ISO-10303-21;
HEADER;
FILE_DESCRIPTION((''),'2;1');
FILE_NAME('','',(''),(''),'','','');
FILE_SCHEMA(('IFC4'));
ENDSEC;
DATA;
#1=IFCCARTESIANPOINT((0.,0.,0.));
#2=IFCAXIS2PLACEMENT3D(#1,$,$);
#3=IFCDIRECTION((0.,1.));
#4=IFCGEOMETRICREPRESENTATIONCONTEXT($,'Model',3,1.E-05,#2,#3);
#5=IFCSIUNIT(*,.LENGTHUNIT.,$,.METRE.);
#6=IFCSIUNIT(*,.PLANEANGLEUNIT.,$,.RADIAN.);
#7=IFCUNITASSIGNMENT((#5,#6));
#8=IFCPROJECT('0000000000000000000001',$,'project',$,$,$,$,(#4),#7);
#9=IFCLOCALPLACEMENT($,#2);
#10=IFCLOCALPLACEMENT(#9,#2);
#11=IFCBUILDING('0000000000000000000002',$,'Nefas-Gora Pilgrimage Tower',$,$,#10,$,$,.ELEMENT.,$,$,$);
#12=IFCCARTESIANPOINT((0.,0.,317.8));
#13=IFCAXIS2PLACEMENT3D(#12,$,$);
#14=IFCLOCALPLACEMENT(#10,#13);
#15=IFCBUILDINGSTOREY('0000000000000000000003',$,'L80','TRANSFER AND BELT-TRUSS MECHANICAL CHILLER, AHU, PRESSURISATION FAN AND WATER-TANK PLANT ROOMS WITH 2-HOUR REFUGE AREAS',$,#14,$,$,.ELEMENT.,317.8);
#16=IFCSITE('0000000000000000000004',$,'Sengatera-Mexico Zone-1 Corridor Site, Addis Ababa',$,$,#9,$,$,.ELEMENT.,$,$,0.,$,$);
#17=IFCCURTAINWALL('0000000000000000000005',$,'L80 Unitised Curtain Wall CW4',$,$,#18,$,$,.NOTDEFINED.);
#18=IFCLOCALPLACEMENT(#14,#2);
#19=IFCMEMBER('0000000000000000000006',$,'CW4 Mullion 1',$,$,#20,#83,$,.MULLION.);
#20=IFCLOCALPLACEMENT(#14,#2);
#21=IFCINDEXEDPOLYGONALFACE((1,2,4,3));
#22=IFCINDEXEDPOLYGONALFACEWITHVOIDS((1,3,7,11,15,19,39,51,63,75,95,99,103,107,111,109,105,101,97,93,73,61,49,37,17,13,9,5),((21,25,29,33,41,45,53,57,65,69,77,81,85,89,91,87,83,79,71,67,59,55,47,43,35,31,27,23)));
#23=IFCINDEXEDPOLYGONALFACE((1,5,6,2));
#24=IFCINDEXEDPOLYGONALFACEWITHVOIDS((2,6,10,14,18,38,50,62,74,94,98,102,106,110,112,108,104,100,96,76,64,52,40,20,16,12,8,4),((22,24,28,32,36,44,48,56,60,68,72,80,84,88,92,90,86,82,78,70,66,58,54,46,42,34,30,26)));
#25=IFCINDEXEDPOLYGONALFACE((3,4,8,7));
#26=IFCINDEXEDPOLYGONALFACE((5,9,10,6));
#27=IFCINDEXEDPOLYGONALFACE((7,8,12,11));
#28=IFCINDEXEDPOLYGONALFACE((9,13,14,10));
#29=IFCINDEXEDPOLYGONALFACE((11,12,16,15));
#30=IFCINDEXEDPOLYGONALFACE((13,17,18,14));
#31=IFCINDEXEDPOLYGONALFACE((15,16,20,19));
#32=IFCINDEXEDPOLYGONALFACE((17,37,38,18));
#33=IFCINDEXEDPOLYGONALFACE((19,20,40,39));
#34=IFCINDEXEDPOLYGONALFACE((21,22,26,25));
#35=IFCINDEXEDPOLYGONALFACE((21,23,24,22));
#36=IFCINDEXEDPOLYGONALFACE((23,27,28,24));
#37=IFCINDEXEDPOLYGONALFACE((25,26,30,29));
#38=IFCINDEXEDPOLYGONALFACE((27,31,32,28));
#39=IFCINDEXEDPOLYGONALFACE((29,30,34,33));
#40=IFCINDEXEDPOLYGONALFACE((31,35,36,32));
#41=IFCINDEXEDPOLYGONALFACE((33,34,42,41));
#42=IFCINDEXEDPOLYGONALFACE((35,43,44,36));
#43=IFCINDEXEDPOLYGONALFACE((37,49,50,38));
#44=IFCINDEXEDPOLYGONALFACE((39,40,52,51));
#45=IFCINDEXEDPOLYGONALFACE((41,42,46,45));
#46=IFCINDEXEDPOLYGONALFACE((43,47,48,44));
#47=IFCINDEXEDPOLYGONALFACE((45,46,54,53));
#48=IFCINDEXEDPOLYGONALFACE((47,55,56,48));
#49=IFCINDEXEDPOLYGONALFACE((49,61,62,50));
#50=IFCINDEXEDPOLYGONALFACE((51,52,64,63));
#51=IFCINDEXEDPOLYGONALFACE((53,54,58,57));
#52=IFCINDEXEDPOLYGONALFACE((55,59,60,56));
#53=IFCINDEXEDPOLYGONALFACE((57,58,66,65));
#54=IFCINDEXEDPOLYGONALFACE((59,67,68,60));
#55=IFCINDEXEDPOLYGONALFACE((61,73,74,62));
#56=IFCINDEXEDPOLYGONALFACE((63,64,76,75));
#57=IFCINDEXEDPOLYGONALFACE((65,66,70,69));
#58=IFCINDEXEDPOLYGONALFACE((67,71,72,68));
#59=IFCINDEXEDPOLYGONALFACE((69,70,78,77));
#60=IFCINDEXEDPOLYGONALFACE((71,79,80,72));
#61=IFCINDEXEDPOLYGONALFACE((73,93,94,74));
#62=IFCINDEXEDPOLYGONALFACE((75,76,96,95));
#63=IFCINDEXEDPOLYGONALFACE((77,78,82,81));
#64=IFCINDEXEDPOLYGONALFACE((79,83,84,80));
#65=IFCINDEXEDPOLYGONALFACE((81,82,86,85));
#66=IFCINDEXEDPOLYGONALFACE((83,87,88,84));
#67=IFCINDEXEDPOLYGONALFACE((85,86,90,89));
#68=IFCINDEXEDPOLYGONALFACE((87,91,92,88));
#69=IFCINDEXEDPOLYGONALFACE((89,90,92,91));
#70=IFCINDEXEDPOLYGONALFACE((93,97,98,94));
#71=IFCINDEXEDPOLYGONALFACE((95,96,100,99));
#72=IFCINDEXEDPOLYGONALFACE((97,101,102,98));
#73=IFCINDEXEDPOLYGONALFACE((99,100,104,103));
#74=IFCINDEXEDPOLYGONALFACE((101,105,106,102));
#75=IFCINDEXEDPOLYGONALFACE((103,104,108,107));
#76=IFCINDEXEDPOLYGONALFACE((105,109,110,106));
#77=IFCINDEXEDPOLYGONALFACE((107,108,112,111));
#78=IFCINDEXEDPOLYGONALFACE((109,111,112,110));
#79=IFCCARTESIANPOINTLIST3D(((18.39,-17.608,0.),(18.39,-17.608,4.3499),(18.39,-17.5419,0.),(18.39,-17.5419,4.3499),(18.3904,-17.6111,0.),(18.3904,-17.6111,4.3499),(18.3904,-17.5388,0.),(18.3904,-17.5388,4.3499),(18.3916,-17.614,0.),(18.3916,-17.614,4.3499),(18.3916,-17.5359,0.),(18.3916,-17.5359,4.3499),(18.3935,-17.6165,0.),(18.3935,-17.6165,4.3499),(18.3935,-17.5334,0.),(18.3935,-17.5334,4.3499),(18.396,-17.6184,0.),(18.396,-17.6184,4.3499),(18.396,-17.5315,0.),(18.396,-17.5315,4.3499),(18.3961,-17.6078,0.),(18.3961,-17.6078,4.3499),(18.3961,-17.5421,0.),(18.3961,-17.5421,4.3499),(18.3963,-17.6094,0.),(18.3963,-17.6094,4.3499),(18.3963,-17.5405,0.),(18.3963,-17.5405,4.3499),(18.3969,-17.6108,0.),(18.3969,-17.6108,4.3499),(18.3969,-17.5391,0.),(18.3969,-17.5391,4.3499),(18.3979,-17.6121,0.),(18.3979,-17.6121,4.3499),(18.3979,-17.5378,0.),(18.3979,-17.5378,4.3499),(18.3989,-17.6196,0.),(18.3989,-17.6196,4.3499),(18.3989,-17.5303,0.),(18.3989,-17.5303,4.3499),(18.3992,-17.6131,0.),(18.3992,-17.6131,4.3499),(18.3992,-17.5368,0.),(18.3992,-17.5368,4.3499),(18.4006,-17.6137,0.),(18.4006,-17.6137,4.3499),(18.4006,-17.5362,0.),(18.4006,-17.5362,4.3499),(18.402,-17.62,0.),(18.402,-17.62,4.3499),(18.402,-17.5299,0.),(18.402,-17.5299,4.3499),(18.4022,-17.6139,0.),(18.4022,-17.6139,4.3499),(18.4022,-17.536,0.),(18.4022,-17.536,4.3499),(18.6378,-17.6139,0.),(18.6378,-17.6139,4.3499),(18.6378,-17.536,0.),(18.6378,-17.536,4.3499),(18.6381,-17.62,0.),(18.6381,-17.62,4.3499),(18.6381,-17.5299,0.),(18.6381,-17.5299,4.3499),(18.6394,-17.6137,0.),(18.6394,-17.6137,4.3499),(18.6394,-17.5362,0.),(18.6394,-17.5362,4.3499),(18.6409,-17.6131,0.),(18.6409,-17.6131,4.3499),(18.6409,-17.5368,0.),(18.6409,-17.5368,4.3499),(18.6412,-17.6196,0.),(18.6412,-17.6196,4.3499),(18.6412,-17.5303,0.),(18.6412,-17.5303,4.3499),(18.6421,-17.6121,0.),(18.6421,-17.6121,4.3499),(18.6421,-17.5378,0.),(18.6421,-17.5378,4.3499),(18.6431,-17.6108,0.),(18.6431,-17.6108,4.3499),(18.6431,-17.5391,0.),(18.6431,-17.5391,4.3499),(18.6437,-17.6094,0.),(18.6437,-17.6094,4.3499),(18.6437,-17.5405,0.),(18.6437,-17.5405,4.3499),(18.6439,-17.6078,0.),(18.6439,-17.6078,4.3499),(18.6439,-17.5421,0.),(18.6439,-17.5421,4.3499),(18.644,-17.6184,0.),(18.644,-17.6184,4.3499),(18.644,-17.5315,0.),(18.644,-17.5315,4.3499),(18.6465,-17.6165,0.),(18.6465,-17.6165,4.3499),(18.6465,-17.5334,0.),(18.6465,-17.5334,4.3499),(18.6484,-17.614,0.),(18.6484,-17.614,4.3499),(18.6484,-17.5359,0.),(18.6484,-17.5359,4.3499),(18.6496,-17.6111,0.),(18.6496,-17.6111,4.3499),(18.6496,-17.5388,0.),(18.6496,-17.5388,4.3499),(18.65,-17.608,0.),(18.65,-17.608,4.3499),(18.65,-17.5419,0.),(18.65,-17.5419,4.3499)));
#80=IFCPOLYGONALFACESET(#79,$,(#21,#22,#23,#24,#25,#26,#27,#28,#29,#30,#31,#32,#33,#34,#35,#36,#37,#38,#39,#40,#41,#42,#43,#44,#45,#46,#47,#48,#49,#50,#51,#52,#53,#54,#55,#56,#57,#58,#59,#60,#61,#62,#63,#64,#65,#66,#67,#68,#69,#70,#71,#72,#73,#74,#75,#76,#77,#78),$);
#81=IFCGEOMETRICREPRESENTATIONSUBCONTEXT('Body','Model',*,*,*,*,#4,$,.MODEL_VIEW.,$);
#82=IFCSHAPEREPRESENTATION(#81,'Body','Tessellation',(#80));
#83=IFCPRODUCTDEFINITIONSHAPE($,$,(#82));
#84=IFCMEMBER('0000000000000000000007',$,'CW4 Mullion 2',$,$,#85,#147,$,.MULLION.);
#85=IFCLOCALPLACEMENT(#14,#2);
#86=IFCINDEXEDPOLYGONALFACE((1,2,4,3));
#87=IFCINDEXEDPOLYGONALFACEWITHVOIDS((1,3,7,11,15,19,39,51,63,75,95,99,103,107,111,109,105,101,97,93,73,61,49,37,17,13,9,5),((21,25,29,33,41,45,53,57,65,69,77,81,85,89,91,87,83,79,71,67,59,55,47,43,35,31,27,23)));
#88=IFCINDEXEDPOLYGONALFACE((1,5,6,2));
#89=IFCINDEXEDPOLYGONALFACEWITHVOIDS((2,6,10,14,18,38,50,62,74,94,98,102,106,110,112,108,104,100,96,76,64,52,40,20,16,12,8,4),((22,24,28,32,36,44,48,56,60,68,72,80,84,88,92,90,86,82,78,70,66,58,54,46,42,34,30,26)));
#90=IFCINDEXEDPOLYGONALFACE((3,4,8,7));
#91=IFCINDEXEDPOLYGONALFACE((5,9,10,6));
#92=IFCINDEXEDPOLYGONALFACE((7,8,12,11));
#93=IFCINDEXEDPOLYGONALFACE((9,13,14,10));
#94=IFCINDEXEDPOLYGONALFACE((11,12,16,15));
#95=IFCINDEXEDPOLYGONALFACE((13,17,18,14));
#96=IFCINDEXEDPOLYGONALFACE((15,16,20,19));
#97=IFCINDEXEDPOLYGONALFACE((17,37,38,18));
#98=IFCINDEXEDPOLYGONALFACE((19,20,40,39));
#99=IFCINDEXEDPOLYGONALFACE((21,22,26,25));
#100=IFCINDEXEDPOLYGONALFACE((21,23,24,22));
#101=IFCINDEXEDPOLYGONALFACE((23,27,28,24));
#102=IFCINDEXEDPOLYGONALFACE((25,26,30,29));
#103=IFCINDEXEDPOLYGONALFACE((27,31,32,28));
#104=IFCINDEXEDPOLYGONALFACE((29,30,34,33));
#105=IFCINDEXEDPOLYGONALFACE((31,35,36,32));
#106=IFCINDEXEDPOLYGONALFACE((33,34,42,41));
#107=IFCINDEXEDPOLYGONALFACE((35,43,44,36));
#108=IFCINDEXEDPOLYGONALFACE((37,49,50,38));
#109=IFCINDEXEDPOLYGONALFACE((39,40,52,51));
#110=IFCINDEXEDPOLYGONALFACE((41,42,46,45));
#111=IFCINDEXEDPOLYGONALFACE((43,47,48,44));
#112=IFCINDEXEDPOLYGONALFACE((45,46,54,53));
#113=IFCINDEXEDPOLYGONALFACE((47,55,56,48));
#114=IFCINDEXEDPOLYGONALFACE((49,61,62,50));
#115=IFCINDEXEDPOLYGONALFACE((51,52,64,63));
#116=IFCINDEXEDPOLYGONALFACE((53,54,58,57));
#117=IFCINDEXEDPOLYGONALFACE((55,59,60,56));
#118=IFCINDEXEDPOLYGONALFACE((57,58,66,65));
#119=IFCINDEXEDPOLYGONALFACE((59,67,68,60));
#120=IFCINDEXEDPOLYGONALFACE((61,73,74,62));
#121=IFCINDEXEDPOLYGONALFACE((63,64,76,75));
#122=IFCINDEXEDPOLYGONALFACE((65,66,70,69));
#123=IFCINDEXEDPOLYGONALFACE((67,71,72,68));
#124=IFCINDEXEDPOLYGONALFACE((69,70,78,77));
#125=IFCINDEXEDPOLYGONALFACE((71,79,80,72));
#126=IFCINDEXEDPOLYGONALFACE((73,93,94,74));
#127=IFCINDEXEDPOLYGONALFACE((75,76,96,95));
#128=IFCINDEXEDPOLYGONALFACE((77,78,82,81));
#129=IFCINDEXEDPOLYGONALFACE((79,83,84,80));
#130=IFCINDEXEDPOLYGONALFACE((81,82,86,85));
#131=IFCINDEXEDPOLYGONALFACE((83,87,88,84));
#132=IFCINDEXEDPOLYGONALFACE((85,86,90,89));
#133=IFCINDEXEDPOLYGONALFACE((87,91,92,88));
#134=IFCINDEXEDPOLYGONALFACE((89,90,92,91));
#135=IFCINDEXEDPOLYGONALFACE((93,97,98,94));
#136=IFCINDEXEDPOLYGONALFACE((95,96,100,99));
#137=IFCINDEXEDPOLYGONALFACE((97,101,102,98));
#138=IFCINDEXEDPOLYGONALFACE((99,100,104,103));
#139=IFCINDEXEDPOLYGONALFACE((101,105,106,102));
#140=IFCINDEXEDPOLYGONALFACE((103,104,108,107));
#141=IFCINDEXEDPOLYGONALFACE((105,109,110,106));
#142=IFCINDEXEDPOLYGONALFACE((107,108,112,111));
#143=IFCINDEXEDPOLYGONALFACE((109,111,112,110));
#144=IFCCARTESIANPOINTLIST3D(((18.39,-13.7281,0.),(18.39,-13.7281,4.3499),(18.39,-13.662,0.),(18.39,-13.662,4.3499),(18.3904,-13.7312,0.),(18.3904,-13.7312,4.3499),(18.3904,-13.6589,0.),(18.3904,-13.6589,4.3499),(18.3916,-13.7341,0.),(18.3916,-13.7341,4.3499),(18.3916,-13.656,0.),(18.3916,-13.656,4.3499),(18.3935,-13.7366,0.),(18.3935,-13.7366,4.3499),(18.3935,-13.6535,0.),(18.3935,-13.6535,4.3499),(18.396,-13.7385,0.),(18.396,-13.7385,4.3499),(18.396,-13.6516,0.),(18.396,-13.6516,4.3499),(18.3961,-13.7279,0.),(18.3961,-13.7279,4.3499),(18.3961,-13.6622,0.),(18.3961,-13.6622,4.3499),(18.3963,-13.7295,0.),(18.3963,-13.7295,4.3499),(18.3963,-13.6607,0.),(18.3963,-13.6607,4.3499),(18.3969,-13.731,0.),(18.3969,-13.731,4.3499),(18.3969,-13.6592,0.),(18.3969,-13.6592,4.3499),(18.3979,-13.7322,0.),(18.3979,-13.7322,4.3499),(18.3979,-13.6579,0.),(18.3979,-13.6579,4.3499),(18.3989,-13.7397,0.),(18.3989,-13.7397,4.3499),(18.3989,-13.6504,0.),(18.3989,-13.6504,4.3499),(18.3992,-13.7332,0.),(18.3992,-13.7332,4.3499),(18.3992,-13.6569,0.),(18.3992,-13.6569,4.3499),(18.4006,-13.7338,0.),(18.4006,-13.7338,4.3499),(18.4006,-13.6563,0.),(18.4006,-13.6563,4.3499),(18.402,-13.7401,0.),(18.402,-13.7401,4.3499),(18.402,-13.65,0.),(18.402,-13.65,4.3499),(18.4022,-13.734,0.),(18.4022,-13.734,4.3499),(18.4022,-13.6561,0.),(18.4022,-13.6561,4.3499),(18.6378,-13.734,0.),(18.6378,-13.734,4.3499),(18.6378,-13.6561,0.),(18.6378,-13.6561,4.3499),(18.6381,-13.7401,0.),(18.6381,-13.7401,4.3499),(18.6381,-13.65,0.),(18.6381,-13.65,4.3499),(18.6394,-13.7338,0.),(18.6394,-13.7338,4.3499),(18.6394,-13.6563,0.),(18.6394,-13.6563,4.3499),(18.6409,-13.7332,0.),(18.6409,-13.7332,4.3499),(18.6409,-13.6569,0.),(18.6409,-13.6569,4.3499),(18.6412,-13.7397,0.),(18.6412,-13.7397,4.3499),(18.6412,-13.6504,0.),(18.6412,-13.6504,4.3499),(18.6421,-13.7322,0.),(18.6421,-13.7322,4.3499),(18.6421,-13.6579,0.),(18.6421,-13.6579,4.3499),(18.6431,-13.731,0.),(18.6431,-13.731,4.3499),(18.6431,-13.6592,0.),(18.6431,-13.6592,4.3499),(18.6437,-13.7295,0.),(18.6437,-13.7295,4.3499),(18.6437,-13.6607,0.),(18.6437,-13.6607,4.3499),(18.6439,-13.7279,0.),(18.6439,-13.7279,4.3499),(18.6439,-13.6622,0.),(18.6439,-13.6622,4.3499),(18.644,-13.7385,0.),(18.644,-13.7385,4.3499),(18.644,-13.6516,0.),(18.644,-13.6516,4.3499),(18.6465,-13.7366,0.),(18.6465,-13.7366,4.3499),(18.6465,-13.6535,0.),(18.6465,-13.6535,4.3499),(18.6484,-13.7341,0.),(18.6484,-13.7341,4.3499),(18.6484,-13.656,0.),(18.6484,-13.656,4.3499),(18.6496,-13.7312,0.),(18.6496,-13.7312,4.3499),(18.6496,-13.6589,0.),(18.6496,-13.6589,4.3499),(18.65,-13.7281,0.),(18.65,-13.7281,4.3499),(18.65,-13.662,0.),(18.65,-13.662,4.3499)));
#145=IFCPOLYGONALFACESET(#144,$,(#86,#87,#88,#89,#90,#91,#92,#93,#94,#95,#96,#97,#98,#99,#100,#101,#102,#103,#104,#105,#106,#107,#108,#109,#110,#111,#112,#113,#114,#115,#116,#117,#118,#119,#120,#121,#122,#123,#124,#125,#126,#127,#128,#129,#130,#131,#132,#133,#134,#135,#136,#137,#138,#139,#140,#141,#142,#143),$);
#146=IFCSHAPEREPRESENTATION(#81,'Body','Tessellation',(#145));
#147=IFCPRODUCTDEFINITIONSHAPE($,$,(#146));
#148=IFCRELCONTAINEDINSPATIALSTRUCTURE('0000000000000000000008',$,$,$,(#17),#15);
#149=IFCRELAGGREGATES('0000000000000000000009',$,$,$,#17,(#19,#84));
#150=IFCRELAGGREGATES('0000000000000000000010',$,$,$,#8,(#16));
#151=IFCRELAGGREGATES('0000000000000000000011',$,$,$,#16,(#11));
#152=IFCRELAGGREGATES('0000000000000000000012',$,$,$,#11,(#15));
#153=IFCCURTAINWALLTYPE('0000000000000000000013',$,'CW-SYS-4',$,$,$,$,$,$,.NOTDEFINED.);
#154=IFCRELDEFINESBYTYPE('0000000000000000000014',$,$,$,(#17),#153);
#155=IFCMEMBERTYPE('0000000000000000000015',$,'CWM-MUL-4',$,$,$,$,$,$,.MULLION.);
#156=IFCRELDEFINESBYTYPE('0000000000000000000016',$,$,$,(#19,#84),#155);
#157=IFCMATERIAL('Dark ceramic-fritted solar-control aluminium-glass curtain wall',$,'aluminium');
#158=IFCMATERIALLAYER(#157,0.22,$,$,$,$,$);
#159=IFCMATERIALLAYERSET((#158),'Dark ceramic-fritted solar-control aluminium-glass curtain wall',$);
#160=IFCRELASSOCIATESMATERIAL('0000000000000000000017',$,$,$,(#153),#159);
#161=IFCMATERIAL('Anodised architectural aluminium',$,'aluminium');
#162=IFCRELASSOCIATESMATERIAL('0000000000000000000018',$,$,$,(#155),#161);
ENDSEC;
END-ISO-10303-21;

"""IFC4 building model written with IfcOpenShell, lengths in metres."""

from ifc_helpers import new_model, si_unit, direction, frame, origin, origin_2d, place, context, subcontext, project, spatial, hollow_rectangle, extrude, source, transform, mapped, material, layer, layer_set, material_profile, profile_set, type_object, element, aggregate, save


model = new_model("IFC4")

# Units and contexts
model_context = context("Model", 3, precision=1e-05, world=origin(), true_north=direction((0.0, 1.0)))
body_context = subcontext(model_context, "Body", "Model", "MODEL_VIEW")
ifc_project = project(units=[si_unit("LENGTHUNIT", "METRE"), si_unit("PLANEANGLEUNIT", "RADIAN")], contexts=[model_context])

# Site, building, storey
site_placement = place(None, origin())
site = spatial("IfcSite", under=ifc_project, at=site_placement, Name="Sengatera-Mexico Zone-1 Corridor Site, Addis Ababa", CompositionType="ELEMENT", RefElevation=0.0)
building_placement = place(site_placement, origin())
building = spatial("IfcBuilding", under=site, at=building_placement, Name="Nefas-Gora Pilgrimage Tower", CompositionType="ELEMENT")
storey_placement = place(building_placement, frame((0.0, 0.0, 317.8)))
storey = spatial("IfcBuildingStorey", under=building, at=storey_placement, Name="L80", Description="TRANSFER AND BELT-TRUSS MECHANICAL CHILLER, AHU, PRESSURISATION FAN AND WATER-TANK PLANT ROOMS WITH 2-HOUR REFUGE AREAS", CompositionType="ELEMENT", Elevation=317.8)

# Curtain wall, members
ifc_material_1 = material(Name="Dark ceramic-fritted solar-control aluminium-glass curtain wall", Category="aluminium")
ifc_layer_1 = layer(ifc_material_1, 0.22)
ifc_layer_set_1 = layer_set([ifc_layer_1], Name="Dark ceramic-fritted solar-control aluminium-glass curtain wall")
curtain_wall_type = type_object("IfcCurtainWallType", Name="CW-SYS-4", PredefinedType="NOTDEFINED", material=ifc_layer_set_1)
curtain_wall_placement = place(storey_placement, origin())
curtain_wall = element("IfcCurtainWall", 1, at=curtain_wall_placement, inside=storey, type_object=curtain_wall_type, Name="L80 Unitised Curtain Wall CW4", PredefinedType="NOTDEFINED")
ifc_material_2 = material(Name="Anodised architectural aluminium", Category="aluminium")
ifc_material_profile_1 = material_profile(ifc_material_2, hollow_rectangle(XDim=0.0901, YDim=0.26, WallThickness=0.0061, InnerFilletRadius=0.0061, OuterFilletRadius=0.012, at=origin_2d()), Name="ALU MULLION 90x260")
ifc_profile_set_1 = profile_set([ifc_material_profile_1], Name="Anodised architectural aluminium")
member_type_1 = type_object("IfcMemberType", Name="CWM-MUL-4", PredefinedType="MULLION", material=ifc_profile_set_1)
shared_shape_1 = source(origin(), body_context, "Body", "SweptSolid", [
    extrude(hollow_rectangle(XDim=0.0901, YDim=0.26, WallThickness=0.0061, InnerFilletRadius=0.0061, OuterFilletRadius=0.012, at=origin_2d()), origin(), (0.0, 0.0, 1.0), 4.3499),
])
member_1_placement = place(storey_placement, frame((18.52, -17.575, 0.0), z_axis=(0.0, 0.0, 1.0), x_axis=(0.0, 1.0, 0.0)))
member_1 = element("IfcMember", 2, at=member_1_placement, type_object=member_type_1, Name="CW4 Mullion 1", PredefinedType="MULLION", context=body_context, shape_type="MappedRepresentation", body=[
    mapped(shared_shape_1, transform((0.0, 0.0, 0.0), x_axis=(1.0, 0.0, 0.0), y_axis=(0.0, 1.0, 0.0), z_axis=(0.0, 0.0, 1.0), scale=1.0)),
])
member_2_placement = place(storey_placement, frame((18.52, -13.6951, 0.0), z_axis=(0.0, 0.0, 1.0), x_axis=(0.0, 1.0, 0.0)))
member_2 = element("IfcMember", 3, at=member_2_placement, type_object=member_type_1, Name="CW4 Mullion 2", PredefinedType="MULLION", context=body_context, shape_type="MappedRepresentation", body=[
    mapped(shared_shape_1, transform((0.0, 0.0, 0.0), x_axis=(1.0, 0.0, 0.0), y_axis=(0.0, 1.0, 0.0), z_axis=(0.0, 0.0, 1.0), scale=1.0)),
])

aggregate(curtain_wall, [member_1, member_2])

save(model, "model.ifc")
